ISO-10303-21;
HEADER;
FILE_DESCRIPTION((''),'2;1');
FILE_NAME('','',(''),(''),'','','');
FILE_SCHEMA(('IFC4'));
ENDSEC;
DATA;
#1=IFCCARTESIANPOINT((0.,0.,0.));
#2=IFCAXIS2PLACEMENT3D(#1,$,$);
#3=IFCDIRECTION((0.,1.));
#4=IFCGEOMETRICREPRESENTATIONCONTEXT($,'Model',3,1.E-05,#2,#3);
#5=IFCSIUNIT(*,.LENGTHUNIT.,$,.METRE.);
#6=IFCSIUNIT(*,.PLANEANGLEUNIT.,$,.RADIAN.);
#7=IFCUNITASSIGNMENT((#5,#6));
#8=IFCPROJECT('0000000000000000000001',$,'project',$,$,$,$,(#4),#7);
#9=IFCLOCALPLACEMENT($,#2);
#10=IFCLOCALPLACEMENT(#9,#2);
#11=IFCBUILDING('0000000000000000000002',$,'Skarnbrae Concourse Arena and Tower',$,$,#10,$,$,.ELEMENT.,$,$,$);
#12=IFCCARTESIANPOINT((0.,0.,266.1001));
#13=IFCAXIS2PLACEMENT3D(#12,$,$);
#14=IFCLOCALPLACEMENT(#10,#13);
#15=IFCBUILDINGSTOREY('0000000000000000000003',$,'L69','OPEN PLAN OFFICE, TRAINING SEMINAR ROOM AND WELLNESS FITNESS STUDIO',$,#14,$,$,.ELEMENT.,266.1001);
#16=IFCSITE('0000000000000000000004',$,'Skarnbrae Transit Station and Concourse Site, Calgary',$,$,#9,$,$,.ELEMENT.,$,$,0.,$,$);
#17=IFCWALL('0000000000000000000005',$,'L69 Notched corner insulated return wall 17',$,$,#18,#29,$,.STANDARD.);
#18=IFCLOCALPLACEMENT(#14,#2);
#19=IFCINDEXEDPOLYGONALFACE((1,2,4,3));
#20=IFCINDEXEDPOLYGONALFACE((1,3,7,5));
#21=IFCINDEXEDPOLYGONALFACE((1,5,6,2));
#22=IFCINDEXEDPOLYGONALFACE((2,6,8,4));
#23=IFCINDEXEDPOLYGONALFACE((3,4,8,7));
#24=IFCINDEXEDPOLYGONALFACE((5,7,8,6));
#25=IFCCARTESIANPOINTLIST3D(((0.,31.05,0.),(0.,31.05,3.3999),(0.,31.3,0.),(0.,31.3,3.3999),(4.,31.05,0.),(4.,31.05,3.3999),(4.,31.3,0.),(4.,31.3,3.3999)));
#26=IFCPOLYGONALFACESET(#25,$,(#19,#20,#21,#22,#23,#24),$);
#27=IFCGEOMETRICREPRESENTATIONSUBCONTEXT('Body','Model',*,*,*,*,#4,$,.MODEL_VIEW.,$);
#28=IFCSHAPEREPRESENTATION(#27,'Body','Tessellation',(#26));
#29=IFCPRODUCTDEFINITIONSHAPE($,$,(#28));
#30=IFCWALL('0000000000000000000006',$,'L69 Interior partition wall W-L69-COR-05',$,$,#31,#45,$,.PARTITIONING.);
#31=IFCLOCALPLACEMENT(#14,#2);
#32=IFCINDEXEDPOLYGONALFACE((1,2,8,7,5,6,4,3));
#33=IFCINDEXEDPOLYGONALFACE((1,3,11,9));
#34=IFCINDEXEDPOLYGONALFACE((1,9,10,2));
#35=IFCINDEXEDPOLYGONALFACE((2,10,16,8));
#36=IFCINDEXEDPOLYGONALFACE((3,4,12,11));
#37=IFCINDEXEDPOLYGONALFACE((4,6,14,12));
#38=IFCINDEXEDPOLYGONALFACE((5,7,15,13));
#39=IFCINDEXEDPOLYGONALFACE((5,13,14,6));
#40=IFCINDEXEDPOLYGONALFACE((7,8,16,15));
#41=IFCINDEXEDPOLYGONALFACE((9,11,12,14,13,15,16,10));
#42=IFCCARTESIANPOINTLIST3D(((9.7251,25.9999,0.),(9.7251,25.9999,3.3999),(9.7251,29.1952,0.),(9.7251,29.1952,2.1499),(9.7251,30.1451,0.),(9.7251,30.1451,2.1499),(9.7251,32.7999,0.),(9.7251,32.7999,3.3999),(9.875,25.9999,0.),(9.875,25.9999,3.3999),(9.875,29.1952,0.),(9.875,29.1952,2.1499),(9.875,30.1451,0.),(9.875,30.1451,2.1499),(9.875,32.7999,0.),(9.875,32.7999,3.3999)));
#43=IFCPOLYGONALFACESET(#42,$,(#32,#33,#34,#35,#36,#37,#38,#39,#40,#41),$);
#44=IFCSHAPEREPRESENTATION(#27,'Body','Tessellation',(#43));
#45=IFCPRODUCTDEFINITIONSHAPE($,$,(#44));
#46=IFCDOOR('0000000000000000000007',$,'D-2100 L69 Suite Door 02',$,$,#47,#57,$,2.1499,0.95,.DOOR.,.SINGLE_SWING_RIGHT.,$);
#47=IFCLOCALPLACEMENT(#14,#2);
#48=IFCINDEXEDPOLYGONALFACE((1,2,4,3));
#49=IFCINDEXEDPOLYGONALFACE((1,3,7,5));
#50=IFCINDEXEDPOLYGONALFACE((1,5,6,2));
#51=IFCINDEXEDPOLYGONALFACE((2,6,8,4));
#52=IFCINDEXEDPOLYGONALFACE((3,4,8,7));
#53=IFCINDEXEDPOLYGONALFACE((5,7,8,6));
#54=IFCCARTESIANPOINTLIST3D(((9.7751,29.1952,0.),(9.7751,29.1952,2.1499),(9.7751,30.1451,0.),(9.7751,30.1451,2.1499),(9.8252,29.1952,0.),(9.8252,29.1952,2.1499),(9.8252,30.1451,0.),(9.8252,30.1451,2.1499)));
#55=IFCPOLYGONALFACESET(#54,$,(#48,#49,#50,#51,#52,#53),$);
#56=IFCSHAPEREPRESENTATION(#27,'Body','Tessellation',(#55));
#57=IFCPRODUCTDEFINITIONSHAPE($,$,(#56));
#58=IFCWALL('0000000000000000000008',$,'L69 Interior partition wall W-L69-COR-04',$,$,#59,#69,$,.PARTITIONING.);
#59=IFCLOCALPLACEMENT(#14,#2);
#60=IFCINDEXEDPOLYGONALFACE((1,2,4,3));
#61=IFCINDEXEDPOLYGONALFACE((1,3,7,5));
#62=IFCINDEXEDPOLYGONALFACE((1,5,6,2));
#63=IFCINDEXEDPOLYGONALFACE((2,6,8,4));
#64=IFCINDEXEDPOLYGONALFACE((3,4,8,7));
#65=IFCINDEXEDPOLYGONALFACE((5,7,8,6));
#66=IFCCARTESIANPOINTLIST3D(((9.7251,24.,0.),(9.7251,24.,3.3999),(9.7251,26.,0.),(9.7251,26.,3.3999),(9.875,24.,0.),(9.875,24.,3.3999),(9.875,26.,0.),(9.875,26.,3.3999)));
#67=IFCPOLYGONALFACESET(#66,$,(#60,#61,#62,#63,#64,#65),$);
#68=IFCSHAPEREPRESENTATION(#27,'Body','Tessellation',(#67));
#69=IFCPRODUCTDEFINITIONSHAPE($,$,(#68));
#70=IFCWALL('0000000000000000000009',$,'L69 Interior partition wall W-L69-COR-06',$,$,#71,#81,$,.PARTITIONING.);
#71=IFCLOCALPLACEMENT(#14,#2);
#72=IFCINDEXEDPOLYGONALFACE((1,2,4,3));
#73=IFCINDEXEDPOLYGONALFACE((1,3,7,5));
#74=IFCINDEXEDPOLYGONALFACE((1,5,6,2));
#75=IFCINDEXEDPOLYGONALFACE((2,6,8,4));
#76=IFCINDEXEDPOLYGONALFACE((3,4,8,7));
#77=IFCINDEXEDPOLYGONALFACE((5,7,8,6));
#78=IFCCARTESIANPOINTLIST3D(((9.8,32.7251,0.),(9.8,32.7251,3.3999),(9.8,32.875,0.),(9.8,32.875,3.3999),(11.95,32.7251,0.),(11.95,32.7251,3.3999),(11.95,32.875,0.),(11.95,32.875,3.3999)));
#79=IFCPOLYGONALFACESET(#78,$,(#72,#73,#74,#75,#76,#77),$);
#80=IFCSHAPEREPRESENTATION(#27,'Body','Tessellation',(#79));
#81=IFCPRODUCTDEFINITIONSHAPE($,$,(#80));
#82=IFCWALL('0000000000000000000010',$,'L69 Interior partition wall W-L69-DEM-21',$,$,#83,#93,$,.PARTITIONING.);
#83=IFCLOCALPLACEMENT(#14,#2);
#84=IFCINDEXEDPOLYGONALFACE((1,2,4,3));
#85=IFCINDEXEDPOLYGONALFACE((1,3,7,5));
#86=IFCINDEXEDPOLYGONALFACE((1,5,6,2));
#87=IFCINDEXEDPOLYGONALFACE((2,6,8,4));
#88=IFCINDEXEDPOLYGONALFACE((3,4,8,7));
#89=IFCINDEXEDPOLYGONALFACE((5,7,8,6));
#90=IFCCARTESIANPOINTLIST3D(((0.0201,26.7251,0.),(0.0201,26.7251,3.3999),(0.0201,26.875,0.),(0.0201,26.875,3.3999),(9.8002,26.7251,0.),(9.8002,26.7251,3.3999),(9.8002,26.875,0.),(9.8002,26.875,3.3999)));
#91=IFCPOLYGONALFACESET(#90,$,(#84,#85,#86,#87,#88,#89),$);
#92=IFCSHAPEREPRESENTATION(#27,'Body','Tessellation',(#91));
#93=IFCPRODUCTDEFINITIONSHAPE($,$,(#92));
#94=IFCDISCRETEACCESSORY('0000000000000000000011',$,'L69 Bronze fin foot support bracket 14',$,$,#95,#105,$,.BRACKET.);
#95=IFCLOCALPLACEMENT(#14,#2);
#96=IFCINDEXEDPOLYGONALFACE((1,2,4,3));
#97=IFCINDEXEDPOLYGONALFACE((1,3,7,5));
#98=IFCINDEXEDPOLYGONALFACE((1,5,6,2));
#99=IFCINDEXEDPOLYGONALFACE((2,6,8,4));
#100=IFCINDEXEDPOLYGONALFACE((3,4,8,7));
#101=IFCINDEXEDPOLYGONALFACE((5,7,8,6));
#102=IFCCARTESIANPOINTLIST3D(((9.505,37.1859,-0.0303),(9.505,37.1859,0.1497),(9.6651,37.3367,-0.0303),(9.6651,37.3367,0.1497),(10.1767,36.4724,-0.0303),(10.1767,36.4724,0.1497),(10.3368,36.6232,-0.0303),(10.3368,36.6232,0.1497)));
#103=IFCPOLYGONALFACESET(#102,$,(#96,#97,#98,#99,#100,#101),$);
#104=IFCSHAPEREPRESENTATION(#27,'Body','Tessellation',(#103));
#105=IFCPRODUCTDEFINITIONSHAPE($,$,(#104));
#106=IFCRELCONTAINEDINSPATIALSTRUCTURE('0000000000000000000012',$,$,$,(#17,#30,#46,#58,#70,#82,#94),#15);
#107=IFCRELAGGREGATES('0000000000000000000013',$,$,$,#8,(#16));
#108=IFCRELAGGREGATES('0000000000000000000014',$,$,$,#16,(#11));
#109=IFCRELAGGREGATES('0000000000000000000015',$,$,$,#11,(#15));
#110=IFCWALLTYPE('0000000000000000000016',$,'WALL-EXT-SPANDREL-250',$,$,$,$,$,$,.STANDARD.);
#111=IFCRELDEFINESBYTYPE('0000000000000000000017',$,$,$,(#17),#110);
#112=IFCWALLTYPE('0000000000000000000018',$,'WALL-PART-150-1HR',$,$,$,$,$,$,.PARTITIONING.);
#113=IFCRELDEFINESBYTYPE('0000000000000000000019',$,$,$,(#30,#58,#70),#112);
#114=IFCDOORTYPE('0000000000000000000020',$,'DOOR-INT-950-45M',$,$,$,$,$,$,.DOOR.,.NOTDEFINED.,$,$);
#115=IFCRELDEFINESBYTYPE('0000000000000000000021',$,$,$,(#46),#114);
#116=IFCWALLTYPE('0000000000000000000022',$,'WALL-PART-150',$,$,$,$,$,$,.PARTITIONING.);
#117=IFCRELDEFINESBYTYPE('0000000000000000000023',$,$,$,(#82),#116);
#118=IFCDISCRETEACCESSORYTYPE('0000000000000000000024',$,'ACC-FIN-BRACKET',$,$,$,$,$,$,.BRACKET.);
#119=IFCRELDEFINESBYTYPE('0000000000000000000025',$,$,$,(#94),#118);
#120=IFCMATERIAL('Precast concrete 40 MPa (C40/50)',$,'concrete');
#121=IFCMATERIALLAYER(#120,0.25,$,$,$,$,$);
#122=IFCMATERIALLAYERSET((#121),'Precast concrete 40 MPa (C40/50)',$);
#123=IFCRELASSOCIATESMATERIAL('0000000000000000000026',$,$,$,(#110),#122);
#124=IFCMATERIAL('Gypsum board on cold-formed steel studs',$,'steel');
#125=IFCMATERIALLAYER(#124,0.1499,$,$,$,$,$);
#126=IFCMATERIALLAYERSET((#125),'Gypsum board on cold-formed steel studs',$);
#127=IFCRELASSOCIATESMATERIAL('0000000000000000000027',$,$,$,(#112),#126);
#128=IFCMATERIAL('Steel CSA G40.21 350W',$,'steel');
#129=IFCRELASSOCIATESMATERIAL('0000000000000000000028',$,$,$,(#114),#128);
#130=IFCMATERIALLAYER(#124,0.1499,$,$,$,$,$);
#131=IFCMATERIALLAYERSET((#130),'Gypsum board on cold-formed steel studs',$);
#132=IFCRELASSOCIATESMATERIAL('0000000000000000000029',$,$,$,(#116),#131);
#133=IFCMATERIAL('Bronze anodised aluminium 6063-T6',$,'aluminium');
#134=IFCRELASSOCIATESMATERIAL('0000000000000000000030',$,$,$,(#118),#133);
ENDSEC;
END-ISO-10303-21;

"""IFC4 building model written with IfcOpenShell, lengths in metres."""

from ifc_helpers import new_model, si_unit, direction, frame, frame_2d, origin, origin_2d, place, context, subcontext, project, spatial, rectangle, extrude, source, transform, mapped, material, layer, layer_set, type_object, element, fill, save


model = new_model("IFC4")

# Units and contexts
model_context = context("Model", 3, precision=1e-05, world=origin(), true_north=direction((0.0, 1.0)))
body_context = subcontext(model_context, "Body", "Model", "MODEL_VIEW")
ifc_project = project(units=[si_unit("LENGTHUNIT", "METRE"), si_unit("PLANEANGLEUNIT", "RADIAN")], contexts=[model_context])

# Site, building, storey
site_placement = place(None, origin())
site = spatial("IfcSite", under=ifc_project, at=site_placement, Name="Skarnbrae Transit Station and Concourse Site, Calgary", CompositionType="ELEMENT", RefElevation=0.0)
building_placement = place(site_placement, origin())
building = spatial("IfcBuilding", under=site, at=building_placement, Name="Skarnbrae Concourse Arena and Tower", CompositionType="ELEMENT")
storey_placement = place(building_placement, frame((0.0, 0.0, 266.1001)))
storey = spatial("IfcBuildingStorey", under=building, at=storey_placement, Name="L69", Description="OPEN PLAN OFFICE, TRAINING SEMINAR ROOM AND WELLNESS FITNESS STUDIO", CompositionType="ELEMENT", Elevation=266.1001)

# Shared definitions
ifc_material_1 = material(Name="Steel CSA G40.21 350W", Category="steel")

# Shared definitions
ifc_material_2 = material(Name="Bronze anodised aluminium 6063-T6", Category="aluminium")

# Wall
ifc_material_3 = material(Name="Precast concrete 40 MPa (C40/50)", Category="concrete")
ifc_layer_1 = layer(ifc_material_3, 0.25)
ifc_layer_set_1 = layer_set([ifc_layer_1], Name="Precast concrete 40 MPa (C40/50)")
wall_type_1 = type_object("IfcWallType", Name="WALL-EXT-SPANDREL-250", PredefinedType="STANDARD", material=ifc_layer_set_1)
shared_shape_1 = source(origin(), body_context, "Body", "SweptSolid", [
    extrude(rectangle(XDim=4.0, YDim=0.25, at=frame_2d((2.0, 0.0))), origin(), (0.0, 0.0, 1.0), 3.3999),
])
for number, where, z_axis, x_axis, name in (
    (1, (4.0, 31.175, 0.0), (0.0, 0.0, 1.0), (-1.0, 0.0, 0.0), "L69 Notched corner insulated return wall 17"),
):
    element("IfcWall", number, at=place(storey_placement, frame(where, z_axis=z_axis, x_axis=x_axis)), inside=storey, type_object=wall_type_1, Name=name, PredefinedType="STANDARD", context=body_context, shape_type="MappedRepresentation", body=[
        mapped(shared_shape_1, transform((0.0, 0.0, 0.0))),
    ])

# Wall, opening, door
ifc_material_4 = material(Name="Gypsum board on cold-formed steel studs", Category="steel")
ifc_layer_2 = layer(ifc_material_4, 0.1499)
ifc_layer_set_2 = layer_set([ifc_layer_2], Name="Gypsum board on cold-formed steel studs")
wall_type_2 = type_object("IfcWallType", Name="WALL-PART-150-1HR", PredefinedType="PARTITIONING", material=ifc_layer_set_2)
shared_shape_2 = source(origin(), body_context, "Body", "SweptSolid", [
    extrude(rectangle(XDim=6.8, YDim=0.1499, at=frame_2d((3.3999, 0.0))), origin(), (0.0, 0.0, 1.0), 3.3999),
])
wall_1_placement = place(storey_placement, frame((9.8, 26.0, 0.0), z_axis=(0.0, 0.0, 1.0), x_axis=(0.0, 1.0, 0.0)))
wall_1 = element("IfcWall", 2, at=wall_1_placement, inside=storey, type_object=wall_type_2, Name="L69 Interior partition wall W-L69-COR-05", PredefinedType="PARTITIONING", context=body_context, shape_type="MappedRepresentation", body=[
    mapped(shared_shape_2, transform((0.0, 0.0, 0.0))),
])
opening_placement = place(wall_1_placement, frame((3.1951, 0.0, 0.0)))
opening = element("IfcOpeningElement", 3, at=opening_placement, cuts=wall_1, PredefinedType="OPENING", context=body_context, shape_type="SweptSolid", body=[
    extrude(rectangle(XDim=0.95, YDim=2.1499, at=frame_2d((0.4751, 1.075))), frame((0.0, 0.085, 0.0), z_axis=(0.0, -1.0, 0.0), x_axis=(1.0, 0.0, 0.0)), (0.0, 0.0, 1.0), 0.1699),
])
door_type = type_object("IfcDoorType", Name="DOOR-INT-950-45M", OperationType="NOTDEFINED", PredefinedType="DOOR", material=ifc_material_1)
shared_shape_3 = source(origin(), body_context, "Body", "SweptSolid", [
    extrude(rectangle(XDim=0.95, YDim=2.1499, at=frame_2d((0.4751, 1.075))), frame((0.0, 0.0249, 0.0), z_axis=(0.0, -1.0, 0.0), x_axis=(1.0, 0.0, 0.0)), (0.0, 0.0, 1.0), 0.05),
])
door_placement = place(opening_placement, origin())
door = element("IfcDoor", 4, at=door_placement, inside=storey, type_object=door_type, Name="D-2100 L69 Suite Door 02", OperationType="SINGLE_SWING_RIGHT", OverallHeight=2.1499, OverallWidth=0.95, PredefinedType="DOOR", context=body_context, shape_type="MappedRepresentation", body=[
    mapped(shared_shape_3, transform((0.0, 0.0, 0.0))),
])
fill(opening, door)

# Walls
shared_shape_4 = source(origin(), body_context, "Body", "SweptSolid", [
    extrude(rectangle(XDim=2.0, YDim=0.1499, at=frame_2d((1.0, 0.0))), origin(), (0.0, 0.0, 1.0), 3.3999),
])
wall_2_placement = place(storey_placement, frame((9.8, 24.0, 0.0), z_axis=(0.0, 0.0, 1.0), x_axis=(0.0, 1.0, 0.0)))
element("IfcWall", 5, at=wall_2_placement, inside=storey, type_object=wall_type_2, Name="L69 Interior partition wall W-L69-COR-04", PredefinedType="PARTITIONING", context=body_context, shape_type="MappedRepresentation", body=[
    mapped(shared_shape_4, transform((0.0, 0.0, 0.0))),
])
shared_shape_5 = source(origin(), body_context, "Body", "SweptSolid", [
    extrude(rectangle(XDim=2.1499, YDim=0.1499, at=frame_2d((1.075, 0.0))), origin(), (0.0, 0.0, 1.0), 3.3999),
])
wall_3_placement = place(storey_placement, frame((9.8, 32.8, 0.0), z_axis=(0.0, 0.0, 1.0), x_axis=(1.0, 0.0, 0.0)))
element("IfcWall", 6, at=wall_3_placement, inside=storey, type_object=wall_type_2, Name="L69 Interior partition wall W-L69-COR-06", PredefinedType="PARTITIONING", context=body_context, shape_type="MappedRepresentation", body=[
    mapped(shared_shape_5, transform((0.0, 0.0, 0.0))),
])
ifc_layer_3 = layer(ifc_material_4, 0.1499)
ifc_layer_set_3 = layer_set([ifc_layer_3], Name="Gypsum board on cold-formed steel studs")
wall_type_3 = type_object("IfcWallType", Name="WALL-PART-150", PredefinedType="PARTITIONING", material=ifc_layer_set_3)
shared_shape_6 = source(origin(), body_context, "Body", "SweptSolid", [
    extrude(rectangle(XDim=9.78, YDim=0.1499, at=frame_2d((4.8901, 0.0))), origin(), (0.0, 0.0, 1.0), 3.3999),
])
wall_4_placement = place(storey_placement, frame((0.02, 26.8, 0.0), z_axis=(0.0, 0.0, 1.0), x_axis=(1.0, 0.0, 0.0)))
element("IfcWall", 7, at=wall_4_placement, inside=storey, type_object=wall_type_3, Name="L69 Interior partition wall W-L69-DEM-21", PredefinedType="PARTITIONING", context=body_context, shape_type="MappedRepresentation", body=[
    mapped(shared_shape_6, transform((0.0, 0.0, 0.0))),
])

# Discrete accessory
discrete_accessory_type = type_object("IfcDiscreteAccessoryType", Name="ACC-FIN-BRACKET", PredefinedType="BRACKET", material=ifc_material_2)
shared_shape_7 = source(origin(), body_context, "Body", "SweptSolid", [
    extrude(rectangle(XDim=0.22, YDim=0.98, at=origin_2d()), origin(), (0.0, 0.0, 1.0), 0.1799),
])
discrete_accessory_placement = place(storey_placement, frame((9.9209, 36.9045, -0.0303), z_axis=(0.0, 0.0, 1.0), x_axis=(0.728132, 0.685437, 0.0)))
element("IfcDiscreteAccessory", 8, at=discrete_accessory_placement, inside=storey, type_object=discrete_accessory_type, Name="L69 Bronze fin foot support bracket 14", PredefinedType="BRACKET", context=body_context, shape_type="MappedRepresentation", body=[
    mapped(shared_shape_7, transform((0.0, 0.0, 0.0))),
])

save(model, "model.ifc")
